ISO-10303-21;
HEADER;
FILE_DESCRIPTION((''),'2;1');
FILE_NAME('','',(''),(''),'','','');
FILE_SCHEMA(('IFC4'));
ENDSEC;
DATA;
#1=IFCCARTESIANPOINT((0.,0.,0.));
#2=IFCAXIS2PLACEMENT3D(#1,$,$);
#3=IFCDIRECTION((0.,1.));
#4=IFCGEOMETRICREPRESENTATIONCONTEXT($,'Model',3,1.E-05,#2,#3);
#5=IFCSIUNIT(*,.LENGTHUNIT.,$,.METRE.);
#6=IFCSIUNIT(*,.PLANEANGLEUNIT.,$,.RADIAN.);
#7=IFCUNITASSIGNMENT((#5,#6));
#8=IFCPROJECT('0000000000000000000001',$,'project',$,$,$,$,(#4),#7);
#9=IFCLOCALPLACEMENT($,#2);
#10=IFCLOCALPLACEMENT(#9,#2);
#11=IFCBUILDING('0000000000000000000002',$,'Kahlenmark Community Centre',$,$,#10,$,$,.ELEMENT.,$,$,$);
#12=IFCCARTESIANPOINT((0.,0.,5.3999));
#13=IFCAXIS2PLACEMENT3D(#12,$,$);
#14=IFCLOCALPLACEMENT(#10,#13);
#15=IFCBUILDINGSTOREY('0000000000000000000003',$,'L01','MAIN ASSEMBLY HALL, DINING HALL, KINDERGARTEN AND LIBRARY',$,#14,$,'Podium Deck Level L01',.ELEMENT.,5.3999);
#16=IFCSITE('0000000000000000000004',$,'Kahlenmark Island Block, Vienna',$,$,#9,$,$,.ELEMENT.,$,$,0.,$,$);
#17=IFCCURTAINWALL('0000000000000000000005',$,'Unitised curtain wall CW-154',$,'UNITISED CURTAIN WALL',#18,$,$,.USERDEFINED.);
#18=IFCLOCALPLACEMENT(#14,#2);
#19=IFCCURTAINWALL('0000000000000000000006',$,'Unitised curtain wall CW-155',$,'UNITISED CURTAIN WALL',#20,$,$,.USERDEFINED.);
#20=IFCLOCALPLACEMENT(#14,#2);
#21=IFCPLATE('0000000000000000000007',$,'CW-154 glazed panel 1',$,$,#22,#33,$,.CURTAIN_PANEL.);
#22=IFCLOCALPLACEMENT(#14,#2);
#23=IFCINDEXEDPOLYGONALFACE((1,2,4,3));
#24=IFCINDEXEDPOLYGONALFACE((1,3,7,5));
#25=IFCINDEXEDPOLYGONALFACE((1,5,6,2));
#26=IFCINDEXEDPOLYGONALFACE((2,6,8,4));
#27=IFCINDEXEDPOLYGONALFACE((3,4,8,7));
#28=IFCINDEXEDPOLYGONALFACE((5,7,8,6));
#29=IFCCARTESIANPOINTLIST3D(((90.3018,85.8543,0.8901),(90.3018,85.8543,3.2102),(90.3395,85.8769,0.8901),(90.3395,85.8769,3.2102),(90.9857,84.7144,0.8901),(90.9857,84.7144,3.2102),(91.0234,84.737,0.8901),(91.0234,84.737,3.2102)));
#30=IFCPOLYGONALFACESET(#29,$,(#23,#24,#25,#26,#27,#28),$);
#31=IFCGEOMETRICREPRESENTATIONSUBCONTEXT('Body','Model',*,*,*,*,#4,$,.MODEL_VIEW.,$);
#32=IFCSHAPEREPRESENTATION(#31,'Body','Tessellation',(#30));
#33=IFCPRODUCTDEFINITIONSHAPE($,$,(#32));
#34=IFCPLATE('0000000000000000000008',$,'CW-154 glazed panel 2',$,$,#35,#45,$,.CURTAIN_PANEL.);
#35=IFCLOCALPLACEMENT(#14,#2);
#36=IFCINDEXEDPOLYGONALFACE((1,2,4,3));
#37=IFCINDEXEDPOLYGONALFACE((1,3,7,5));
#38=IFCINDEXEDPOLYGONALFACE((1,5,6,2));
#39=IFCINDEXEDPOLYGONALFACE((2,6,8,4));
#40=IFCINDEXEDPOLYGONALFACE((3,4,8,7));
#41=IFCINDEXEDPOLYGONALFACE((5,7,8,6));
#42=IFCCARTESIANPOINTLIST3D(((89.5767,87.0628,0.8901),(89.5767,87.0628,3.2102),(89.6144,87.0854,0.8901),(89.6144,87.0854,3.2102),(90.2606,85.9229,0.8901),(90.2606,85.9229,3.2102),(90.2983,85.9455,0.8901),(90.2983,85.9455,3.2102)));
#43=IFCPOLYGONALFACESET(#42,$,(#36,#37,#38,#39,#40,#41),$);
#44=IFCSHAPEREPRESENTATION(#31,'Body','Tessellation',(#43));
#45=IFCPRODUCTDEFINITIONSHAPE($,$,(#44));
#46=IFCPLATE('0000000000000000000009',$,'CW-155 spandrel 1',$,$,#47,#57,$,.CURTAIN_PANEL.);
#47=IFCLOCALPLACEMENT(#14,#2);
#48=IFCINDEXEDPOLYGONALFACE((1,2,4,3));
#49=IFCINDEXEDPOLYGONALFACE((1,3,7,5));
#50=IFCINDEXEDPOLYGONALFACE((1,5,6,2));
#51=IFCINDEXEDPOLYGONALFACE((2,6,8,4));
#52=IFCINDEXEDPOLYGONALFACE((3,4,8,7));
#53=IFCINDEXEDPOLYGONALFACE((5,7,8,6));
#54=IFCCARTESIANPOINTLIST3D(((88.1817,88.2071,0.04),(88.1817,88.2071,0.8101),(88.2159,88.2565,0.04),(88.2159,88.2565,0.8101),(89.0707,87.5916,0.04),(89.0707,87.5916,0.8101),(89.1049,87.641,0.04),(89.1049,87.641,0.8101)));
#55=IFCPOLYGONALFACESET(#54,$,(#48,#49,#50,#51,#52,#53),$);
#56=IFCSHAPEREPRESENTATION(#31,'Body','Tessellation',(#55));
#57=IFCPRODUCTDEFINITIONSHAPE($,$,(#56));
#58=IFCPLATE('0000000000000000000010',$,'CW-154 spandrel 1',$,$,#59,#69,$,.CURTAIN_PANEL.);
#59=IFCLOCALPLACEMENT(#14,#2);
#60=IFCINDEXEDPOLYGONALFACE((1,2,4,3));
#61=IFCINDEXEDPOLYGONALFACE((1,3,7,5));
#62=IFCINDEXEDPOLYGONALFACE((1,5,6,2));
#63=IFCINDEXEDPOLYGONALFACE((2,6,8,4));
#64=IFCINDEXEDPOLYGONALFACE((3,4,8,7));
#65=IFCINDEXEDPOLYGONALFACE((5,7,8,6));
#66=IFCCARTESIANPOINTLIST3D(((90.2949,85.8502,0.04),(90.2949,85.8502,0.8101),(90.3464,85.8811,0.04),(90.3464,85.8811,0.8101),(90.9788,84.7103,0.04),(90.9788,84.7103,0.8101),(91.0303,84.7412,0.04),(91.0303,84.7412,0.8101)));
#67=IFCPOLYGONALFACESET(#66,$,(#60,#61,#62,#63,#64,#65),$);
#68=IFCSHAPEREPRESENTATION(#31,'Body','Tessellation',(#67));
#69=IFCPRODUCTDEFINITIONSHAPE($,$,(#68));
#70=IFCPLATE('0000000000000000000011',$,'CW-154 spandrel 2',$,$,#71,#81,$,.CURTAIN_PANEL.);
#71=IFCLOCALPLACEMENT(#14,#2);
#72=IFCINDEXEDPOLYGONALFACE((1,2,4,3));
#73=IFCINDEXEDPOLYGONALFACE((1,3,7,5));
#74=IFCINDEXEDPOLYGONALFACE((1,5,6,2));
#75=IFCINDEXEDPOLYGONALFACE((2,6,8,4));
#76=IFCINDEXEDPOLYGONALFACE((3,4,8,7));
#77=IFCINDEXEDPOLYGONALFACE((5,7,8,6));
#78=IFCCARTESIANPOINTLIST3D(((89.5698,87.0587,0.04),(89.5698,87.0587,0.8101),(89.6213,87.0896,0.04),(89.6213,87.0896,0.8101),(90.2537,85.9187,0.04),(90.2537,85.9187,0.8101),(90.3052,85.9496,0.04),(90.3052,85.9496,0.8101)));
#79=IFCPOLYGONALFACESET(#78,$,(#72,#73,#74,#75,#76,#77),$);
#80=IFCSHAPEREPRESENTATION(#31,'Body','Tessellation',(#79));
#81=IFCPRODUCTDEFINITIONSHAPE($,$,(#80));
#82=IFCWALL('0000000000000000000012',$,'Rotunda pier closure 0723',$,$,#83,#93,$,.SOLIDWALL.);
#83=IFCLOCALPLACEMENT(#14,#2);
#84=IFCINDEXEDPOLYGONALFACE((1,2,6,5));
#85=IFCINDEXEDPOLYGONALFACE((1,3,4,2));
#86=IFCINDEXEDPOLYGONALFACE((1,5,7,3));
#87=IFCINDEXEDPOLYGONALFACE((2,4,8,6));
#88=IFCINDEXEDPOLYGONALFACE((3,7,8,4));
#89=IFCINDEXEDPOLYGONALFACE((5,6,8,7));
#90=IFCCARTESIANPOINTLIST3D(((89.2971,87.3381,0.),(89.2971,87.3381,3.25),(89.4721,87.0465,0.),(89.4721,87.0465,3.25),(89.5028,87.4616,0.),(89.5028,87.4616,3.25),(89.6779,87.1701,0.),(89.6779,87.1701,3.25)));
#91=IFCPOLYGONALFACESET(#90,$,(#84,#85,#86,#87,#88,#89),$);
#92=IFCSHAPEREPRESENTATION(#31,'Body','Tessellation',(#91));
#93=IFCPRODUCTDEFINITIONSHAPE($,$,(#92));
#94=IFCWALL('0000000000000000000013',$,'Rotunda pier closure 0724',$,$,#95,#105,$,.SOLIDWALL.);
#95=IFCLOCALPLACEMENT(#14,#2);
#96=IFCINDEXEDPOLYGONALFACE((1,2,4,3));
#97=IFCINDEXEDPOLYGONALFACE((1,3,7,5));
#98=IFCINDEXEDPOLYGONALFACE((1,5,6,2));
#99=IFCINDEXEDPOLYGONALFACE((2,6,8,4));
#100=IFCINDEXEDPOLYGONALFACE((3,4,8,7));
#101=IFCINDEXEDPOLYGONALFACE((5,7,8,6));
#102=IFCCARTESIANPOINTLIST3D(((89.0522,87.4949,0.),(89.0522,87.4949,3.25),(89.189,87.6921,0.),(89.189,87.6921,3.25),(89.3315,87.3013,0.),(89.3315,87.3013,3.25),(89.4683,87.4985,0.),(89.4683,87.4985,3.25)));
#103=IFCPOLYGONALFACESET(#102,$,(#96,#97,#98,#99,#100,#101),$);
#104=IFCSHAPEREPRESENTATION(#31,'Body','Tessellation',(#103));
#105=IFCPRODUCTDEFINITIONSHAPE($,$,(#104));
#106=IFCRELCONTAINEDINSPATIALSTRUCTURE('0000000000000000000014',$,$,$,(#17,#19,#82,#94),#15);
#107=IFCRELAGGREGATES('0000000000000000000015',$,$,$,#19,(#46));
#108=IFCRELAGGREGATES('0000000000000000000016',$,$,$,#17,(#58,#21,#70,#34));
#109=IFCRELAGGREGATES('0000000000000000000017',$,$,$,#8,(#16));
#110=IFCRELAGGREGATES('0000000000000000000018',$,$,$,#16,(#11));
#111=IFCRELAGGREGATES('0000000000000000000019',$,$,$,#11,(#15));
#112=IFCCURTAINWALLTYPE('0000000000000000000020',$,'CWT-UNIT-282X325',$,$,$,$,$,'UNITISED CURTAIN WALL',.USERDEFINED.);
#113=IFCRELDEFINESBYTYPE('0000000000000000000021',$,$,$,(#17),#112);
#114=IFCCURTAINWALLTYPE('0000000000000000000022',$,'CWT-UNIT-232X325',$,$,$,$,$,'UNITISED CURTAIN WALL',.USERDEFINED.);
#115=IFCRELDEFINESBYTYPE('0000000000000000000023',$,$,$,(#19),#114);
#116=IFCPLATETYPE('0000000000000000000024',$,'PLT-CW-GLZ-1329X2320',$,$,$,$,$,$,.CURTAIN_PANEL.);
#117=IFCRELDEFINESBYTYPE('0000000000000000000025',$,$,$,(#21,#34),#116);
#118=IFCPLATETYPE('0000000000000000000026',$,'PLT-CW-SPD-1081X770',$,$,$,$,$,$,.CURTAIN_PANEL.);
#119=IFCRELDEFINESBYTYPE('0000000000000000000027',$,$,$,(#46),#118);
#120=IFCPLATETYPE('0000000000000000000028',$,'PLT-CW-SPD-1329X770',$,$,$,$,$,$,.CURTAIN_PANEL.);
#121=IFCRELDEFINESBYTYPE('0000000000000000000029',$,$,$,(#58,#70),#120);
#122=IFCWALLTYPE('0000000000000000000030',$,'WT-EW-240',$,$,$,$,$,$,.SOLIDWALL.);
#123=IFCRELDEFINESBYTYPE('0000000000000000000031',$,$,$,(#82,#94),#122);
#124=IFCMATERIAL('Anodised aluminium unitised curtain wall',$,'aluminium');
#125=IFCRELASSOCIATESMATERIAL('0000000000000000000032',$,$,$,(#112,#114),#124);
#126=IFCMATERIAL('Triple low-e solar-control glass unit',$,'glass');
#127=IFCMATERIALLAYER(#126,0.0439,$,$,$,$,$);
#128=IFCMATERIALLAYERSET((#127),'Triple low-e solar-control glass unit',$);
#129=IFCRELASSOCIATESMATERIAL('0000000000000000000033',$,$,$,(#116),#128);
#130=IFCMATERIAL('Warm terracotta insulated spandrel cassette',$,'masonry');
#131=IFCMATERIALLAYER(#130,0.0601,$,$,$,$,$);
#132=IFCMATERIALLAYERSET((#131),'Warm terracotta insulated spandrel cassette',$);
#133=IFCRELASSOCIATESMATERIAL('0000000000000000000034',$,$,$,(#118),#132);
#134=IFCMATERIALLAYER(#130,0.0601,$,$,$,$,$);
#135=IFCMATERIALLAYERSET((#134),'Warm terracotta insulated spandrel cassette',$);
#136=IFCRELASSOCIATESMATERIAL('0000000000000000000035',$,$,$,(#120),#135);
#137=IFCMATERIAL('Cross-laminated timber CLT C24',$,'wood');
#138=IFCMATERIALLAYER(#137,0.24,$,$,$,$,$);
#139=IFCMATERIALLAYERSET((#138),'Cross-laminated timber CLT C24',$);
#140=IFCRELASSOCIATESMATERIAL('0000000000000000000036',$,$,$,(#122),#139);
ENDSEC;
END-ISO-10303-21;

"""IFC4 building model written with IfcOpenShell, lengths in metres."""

from ifc_helpers import new_model, si_unit, direction, frame, frame_2d, origin, origin_2d, place, context, subcontext, project, spatial, rectangle, extrude, material, layer, layer_set, type_object, element, aggregate, save


model = new_model("IFC4")

# Units and contexts
model_context = context("Model", 3, precision=1e-05, world=origin(), true_north=direction((0.0, 1.0)))
body_context = subcontext(model_context, "Body", "Model", "MODEL_VIEW")
ifc_project = project(units=[si_unit("LENGTHUNIT", "METRE"), si_unit("PLANEANGLEUNIT", "RADIAN")], contexts=[model_context])

# Site, building, storey
site_placement = place(None, origin())
site = spatial("IfcSite", under=ifc_project, at=site_placement, Name="Kahlenmark Island Block, Vienna", CompositionType="ELEMENT", RefElevation=0.0)
building_placement = place(site_placement, origin())
building = spatial("IfcBuilding", under=site, at=building_placement, Name="Kahlenmark Community Centre", CompositionType="ELEMENT")
storey_placement = place(building_placement, frame((0.0, 0.0, 5.3999)))
storey = spatial("IfcBuildingStorey", under=building, at=storey_placement, Name="L01", Description="MAIN ASSEMBLY HALL, DINING HALL, KINDERGARTEN AND LIBRARY", LongName="Podium Deck Level L01", CompositionType="ELEMENT", Elevation=5.3999)

# Curtain walls
ifc_material_1 = material(Name="Anodised aluminium unitised curtain wall", Category="aluminium")
curtain_wall_type_1 = type_object("IfcCurtainWallType", Name="CWT-UNIT-282X325", ElementType="UNITISED CURTAIN WALL", PredefinedType="USERDEFINED", material=ifc_material_1)
curtain_wall_1_placement = place(storey_placement, origin())
curtain_wall_1 = element("IfcCurtainWall", 1, at=curtain_wall_1_placement, inside=storey, type_object=curtain_wall_type_1, Name="Unitised curtain wall CW-154", ObjectType="UNITISED CURTAIN WALL", PredefinedType="USERDEFINED")
curtain_wall_type_2 = type_object("IfcCurtainWallType", Name="CWT-UNIT-232X325", ElementType="UNITISED CURTAIN WALL", PredefinedType="USERDEFINED", material=ifc_material_1)
curtain_wall_2_placement = place(storey_placement, origin())
curtain_wall_2 = element("IfcCurtainWall", 2, at=curtain_wall_2_placement, inside=storey, type_object=curtain_wall_type_2, Name="Unitised curtain wall CW-155", ObjectType="UNITISED CURTAIN WALL", PredefinedType="USERDEFINED")

# Plates
ifc_material_2 = material(Name="Triple low-e solar-control glass unit", Category="glass")
ifc_layer_1 = layer(ifc_material_2, 0.0439)
ifc_layer_set_1 = layer_set([ifc_layer_1], Name="Triple low-e solar-control glass unit")
plate_type_1 = type_object("IfcPlateType", Name="PLT-CW-GLZ-1329X2320", PredefinedType="CURTAIN_PANEL", material=ifc_layer_set_1)
plate_1_placement = place(storey_placement, frame((90.6626, 85.2957, 0.8901), z_axis=(0.0, 0.0, 1.0), x_axis=(-0.514496, 0.857493, 0.0)))
plate_1 = element("IfcPlate", 3, at=plate_1_placement, type_object=plate_type_1, Name="CW-154 glazed panel 1", PredefinedType="CURTAIN_PANEL", context=body_context, shape_type="SweptSolid", body=[
    extrude(rectangle(XDim=1.3293, YDim=0.0439, at=origin_2d()), origin(), (0.0, 0.0, 1.0), 2.3201),
])
plate_2_placement = place(storey_placement, frame((89.9375, 86.5042, 0.8901), z_axis=(0.0, 0.0, 1.0), x_axis=(-0.514496, 0.857493, 0.0)))
plate_2 = element("IfcPlate", 4, at=plate_2_placement, type_object=plate_type_1, Name="CW-154 glazed panel 2", PredefinedType="CURTAIN_PANEL", context=body_context, shape_type="SweptSolid", body=[
    extrude(rectangle(XDim=1.3293, YDim=0.0439, at=origin_2d()), origin(), (0.0, 0.0, 1.0), 2.3201),
])
ifc_material_3 = material(Name="Warm terracotta insulated spandrel cassette", Category="masonry")
ifc_layer_2 = layer(ifc_material_3, 0.0601)
ifc_layer_set_2 = layer_set([ifc_layer_2], Name="Warm terracotta insulated spandrel cassette")
plate_type_2 = type_object("IfcPlateType", Name="PLT-CW-SPD-1081X770", PredefinedType="CURTAIN_PANEL", material=ifc_layer_set_2)
plate_3_placement = place(storey_placement, frame((88.6433, 87.9241, 0.04), z_axis=(0.0, 0.0, 1.0), x_axis=(-0.822191, 0.569212, 0.0)))
plate_3 = element("IfcPlate", 5, at=plate_3_placement, type_object=plate_type_2, Name="CW-155 spandrel 1", PredefinedType="CURTAIN_PANEL", context=body_context, shape_type="SweptSolid", body=[
    extrude(rectangle(XDim=1.0813, YDim=0.0601, at=origin_2d()), origin(), (0.0, 0.0, 1.0), 0.77),
])
aggregate(curtain_wall_2, [plate_3])
ifc_layer_3 = layer(ifc_material_3, 0.0601)
ifc_layer_set_3 = layer_set([ifc_layer_3], Name="Warm terracotta insulated spandrel cassette")
plate_type_3 = type_object("IfcPlateType", Name="PLT-CW-SPD-1329X770", PredefinedType="CURTAIN_PANEL", material=ifc_layer_set_3)
plate_4_placement = place(storey_placement, frame((90.6626, 85.2957, 0.04), z_axis=(0.0, 0.0, 1.0), x_axis=(-0.514496, 0.857493, 0.0)))
plate_4 = element("IfcPlate", 6, at=plate_4_placement, type_object=plate_type_3, Name="CW-154 spandrel 1", PredefinedType="CURTAIN_PANEL", context=body_context, shape_type="SweptSolid", body=[
    extrude(rectangle(XDim=1.3293, YDim=0.0601, at=origin_2d()), origin(), (0.0, 0.0, 1.0), 0.77),
])
plate_5_placement = place(storey_placement, frame((89.9375, 86.5042, 0.04), z_axis=(0.0, 0.0, 1.0), x_axis=(-0.514496, 0.857493, 0.0)))
plate_5 = element("IfcPlate", 7, at=plate_5_placement, type_object=plate_type_3, Name="CW-154 spandrel 2", PredefinedType="CURTAIN_PANEL", context=body_context, shape_type="SweptSolid", body=[
    extrude(rectangle(XDim=1.3293, YDim=0.0601, at=origin_2d()), origin(), (0.0, 0.0, 1.0), 0.77),
])
aggregate(curtain_wall_1, [plate_4, plate_1, plate_5, plate_2])

# Walls
ifc_material_4 = material(Name="Cross-laminated timber CLT C24", Category="wood")
ifc_layer_4 = layer(ifc_material_4, 0.24)
ifc_layer_set_4 = layer_set([ifc_layer_4], Name="Cross-laminated timber CLT C24")
wall_type = type_object("IfcWallType", Name="WT-EW-240", PredefinedType="SOLIDWALL", material=ifc_layer_set_4)
wall_1_placement = place(storey_placement, frame((89.575, 87.1084, 0.0), z_axis=(0.0, 0.0, 1.0), x_axis=(-0.514812, 0.857303, 0.0)))
element("IfcWall", 8, at=wall_1_placement, inside=storey, type_object=wall_type, Name="Rotunda pier closure 0723", PredefinedType="SOLIDWALL", context=body_context, shape_type="SweptSolid", body=[
    extrude(rectangle(XDim=0.3401, YDim=0.24, at=frame_2d((0.1699, 0.0))), origin(), (0.0, 0.0, 1.0), 3.25),
])
wall_2_placement = place(storey_placement, frame((89.3999, 87.3999, 0.0), z_axis=(0.0, 0.0, 1.0), x_axis=(-0.821856, 0.569696, 0.0)))
element("IfcWall", 9, at=wall_2_placement, inside=storey, type_object=wall_type, Name="Rotunda pier closure 0724", PredefinedType="SOLIDWALL", context=body_context, shape_type="SweptSolid", body=[
    extrude(rectangle(XDim=0.3398, YDim=0.24, at=frame_2d((0.1699, 0.0))), origin(), (0.0, 0.0, 1.0), 3.25),
])

save(model, "model.ifc")
